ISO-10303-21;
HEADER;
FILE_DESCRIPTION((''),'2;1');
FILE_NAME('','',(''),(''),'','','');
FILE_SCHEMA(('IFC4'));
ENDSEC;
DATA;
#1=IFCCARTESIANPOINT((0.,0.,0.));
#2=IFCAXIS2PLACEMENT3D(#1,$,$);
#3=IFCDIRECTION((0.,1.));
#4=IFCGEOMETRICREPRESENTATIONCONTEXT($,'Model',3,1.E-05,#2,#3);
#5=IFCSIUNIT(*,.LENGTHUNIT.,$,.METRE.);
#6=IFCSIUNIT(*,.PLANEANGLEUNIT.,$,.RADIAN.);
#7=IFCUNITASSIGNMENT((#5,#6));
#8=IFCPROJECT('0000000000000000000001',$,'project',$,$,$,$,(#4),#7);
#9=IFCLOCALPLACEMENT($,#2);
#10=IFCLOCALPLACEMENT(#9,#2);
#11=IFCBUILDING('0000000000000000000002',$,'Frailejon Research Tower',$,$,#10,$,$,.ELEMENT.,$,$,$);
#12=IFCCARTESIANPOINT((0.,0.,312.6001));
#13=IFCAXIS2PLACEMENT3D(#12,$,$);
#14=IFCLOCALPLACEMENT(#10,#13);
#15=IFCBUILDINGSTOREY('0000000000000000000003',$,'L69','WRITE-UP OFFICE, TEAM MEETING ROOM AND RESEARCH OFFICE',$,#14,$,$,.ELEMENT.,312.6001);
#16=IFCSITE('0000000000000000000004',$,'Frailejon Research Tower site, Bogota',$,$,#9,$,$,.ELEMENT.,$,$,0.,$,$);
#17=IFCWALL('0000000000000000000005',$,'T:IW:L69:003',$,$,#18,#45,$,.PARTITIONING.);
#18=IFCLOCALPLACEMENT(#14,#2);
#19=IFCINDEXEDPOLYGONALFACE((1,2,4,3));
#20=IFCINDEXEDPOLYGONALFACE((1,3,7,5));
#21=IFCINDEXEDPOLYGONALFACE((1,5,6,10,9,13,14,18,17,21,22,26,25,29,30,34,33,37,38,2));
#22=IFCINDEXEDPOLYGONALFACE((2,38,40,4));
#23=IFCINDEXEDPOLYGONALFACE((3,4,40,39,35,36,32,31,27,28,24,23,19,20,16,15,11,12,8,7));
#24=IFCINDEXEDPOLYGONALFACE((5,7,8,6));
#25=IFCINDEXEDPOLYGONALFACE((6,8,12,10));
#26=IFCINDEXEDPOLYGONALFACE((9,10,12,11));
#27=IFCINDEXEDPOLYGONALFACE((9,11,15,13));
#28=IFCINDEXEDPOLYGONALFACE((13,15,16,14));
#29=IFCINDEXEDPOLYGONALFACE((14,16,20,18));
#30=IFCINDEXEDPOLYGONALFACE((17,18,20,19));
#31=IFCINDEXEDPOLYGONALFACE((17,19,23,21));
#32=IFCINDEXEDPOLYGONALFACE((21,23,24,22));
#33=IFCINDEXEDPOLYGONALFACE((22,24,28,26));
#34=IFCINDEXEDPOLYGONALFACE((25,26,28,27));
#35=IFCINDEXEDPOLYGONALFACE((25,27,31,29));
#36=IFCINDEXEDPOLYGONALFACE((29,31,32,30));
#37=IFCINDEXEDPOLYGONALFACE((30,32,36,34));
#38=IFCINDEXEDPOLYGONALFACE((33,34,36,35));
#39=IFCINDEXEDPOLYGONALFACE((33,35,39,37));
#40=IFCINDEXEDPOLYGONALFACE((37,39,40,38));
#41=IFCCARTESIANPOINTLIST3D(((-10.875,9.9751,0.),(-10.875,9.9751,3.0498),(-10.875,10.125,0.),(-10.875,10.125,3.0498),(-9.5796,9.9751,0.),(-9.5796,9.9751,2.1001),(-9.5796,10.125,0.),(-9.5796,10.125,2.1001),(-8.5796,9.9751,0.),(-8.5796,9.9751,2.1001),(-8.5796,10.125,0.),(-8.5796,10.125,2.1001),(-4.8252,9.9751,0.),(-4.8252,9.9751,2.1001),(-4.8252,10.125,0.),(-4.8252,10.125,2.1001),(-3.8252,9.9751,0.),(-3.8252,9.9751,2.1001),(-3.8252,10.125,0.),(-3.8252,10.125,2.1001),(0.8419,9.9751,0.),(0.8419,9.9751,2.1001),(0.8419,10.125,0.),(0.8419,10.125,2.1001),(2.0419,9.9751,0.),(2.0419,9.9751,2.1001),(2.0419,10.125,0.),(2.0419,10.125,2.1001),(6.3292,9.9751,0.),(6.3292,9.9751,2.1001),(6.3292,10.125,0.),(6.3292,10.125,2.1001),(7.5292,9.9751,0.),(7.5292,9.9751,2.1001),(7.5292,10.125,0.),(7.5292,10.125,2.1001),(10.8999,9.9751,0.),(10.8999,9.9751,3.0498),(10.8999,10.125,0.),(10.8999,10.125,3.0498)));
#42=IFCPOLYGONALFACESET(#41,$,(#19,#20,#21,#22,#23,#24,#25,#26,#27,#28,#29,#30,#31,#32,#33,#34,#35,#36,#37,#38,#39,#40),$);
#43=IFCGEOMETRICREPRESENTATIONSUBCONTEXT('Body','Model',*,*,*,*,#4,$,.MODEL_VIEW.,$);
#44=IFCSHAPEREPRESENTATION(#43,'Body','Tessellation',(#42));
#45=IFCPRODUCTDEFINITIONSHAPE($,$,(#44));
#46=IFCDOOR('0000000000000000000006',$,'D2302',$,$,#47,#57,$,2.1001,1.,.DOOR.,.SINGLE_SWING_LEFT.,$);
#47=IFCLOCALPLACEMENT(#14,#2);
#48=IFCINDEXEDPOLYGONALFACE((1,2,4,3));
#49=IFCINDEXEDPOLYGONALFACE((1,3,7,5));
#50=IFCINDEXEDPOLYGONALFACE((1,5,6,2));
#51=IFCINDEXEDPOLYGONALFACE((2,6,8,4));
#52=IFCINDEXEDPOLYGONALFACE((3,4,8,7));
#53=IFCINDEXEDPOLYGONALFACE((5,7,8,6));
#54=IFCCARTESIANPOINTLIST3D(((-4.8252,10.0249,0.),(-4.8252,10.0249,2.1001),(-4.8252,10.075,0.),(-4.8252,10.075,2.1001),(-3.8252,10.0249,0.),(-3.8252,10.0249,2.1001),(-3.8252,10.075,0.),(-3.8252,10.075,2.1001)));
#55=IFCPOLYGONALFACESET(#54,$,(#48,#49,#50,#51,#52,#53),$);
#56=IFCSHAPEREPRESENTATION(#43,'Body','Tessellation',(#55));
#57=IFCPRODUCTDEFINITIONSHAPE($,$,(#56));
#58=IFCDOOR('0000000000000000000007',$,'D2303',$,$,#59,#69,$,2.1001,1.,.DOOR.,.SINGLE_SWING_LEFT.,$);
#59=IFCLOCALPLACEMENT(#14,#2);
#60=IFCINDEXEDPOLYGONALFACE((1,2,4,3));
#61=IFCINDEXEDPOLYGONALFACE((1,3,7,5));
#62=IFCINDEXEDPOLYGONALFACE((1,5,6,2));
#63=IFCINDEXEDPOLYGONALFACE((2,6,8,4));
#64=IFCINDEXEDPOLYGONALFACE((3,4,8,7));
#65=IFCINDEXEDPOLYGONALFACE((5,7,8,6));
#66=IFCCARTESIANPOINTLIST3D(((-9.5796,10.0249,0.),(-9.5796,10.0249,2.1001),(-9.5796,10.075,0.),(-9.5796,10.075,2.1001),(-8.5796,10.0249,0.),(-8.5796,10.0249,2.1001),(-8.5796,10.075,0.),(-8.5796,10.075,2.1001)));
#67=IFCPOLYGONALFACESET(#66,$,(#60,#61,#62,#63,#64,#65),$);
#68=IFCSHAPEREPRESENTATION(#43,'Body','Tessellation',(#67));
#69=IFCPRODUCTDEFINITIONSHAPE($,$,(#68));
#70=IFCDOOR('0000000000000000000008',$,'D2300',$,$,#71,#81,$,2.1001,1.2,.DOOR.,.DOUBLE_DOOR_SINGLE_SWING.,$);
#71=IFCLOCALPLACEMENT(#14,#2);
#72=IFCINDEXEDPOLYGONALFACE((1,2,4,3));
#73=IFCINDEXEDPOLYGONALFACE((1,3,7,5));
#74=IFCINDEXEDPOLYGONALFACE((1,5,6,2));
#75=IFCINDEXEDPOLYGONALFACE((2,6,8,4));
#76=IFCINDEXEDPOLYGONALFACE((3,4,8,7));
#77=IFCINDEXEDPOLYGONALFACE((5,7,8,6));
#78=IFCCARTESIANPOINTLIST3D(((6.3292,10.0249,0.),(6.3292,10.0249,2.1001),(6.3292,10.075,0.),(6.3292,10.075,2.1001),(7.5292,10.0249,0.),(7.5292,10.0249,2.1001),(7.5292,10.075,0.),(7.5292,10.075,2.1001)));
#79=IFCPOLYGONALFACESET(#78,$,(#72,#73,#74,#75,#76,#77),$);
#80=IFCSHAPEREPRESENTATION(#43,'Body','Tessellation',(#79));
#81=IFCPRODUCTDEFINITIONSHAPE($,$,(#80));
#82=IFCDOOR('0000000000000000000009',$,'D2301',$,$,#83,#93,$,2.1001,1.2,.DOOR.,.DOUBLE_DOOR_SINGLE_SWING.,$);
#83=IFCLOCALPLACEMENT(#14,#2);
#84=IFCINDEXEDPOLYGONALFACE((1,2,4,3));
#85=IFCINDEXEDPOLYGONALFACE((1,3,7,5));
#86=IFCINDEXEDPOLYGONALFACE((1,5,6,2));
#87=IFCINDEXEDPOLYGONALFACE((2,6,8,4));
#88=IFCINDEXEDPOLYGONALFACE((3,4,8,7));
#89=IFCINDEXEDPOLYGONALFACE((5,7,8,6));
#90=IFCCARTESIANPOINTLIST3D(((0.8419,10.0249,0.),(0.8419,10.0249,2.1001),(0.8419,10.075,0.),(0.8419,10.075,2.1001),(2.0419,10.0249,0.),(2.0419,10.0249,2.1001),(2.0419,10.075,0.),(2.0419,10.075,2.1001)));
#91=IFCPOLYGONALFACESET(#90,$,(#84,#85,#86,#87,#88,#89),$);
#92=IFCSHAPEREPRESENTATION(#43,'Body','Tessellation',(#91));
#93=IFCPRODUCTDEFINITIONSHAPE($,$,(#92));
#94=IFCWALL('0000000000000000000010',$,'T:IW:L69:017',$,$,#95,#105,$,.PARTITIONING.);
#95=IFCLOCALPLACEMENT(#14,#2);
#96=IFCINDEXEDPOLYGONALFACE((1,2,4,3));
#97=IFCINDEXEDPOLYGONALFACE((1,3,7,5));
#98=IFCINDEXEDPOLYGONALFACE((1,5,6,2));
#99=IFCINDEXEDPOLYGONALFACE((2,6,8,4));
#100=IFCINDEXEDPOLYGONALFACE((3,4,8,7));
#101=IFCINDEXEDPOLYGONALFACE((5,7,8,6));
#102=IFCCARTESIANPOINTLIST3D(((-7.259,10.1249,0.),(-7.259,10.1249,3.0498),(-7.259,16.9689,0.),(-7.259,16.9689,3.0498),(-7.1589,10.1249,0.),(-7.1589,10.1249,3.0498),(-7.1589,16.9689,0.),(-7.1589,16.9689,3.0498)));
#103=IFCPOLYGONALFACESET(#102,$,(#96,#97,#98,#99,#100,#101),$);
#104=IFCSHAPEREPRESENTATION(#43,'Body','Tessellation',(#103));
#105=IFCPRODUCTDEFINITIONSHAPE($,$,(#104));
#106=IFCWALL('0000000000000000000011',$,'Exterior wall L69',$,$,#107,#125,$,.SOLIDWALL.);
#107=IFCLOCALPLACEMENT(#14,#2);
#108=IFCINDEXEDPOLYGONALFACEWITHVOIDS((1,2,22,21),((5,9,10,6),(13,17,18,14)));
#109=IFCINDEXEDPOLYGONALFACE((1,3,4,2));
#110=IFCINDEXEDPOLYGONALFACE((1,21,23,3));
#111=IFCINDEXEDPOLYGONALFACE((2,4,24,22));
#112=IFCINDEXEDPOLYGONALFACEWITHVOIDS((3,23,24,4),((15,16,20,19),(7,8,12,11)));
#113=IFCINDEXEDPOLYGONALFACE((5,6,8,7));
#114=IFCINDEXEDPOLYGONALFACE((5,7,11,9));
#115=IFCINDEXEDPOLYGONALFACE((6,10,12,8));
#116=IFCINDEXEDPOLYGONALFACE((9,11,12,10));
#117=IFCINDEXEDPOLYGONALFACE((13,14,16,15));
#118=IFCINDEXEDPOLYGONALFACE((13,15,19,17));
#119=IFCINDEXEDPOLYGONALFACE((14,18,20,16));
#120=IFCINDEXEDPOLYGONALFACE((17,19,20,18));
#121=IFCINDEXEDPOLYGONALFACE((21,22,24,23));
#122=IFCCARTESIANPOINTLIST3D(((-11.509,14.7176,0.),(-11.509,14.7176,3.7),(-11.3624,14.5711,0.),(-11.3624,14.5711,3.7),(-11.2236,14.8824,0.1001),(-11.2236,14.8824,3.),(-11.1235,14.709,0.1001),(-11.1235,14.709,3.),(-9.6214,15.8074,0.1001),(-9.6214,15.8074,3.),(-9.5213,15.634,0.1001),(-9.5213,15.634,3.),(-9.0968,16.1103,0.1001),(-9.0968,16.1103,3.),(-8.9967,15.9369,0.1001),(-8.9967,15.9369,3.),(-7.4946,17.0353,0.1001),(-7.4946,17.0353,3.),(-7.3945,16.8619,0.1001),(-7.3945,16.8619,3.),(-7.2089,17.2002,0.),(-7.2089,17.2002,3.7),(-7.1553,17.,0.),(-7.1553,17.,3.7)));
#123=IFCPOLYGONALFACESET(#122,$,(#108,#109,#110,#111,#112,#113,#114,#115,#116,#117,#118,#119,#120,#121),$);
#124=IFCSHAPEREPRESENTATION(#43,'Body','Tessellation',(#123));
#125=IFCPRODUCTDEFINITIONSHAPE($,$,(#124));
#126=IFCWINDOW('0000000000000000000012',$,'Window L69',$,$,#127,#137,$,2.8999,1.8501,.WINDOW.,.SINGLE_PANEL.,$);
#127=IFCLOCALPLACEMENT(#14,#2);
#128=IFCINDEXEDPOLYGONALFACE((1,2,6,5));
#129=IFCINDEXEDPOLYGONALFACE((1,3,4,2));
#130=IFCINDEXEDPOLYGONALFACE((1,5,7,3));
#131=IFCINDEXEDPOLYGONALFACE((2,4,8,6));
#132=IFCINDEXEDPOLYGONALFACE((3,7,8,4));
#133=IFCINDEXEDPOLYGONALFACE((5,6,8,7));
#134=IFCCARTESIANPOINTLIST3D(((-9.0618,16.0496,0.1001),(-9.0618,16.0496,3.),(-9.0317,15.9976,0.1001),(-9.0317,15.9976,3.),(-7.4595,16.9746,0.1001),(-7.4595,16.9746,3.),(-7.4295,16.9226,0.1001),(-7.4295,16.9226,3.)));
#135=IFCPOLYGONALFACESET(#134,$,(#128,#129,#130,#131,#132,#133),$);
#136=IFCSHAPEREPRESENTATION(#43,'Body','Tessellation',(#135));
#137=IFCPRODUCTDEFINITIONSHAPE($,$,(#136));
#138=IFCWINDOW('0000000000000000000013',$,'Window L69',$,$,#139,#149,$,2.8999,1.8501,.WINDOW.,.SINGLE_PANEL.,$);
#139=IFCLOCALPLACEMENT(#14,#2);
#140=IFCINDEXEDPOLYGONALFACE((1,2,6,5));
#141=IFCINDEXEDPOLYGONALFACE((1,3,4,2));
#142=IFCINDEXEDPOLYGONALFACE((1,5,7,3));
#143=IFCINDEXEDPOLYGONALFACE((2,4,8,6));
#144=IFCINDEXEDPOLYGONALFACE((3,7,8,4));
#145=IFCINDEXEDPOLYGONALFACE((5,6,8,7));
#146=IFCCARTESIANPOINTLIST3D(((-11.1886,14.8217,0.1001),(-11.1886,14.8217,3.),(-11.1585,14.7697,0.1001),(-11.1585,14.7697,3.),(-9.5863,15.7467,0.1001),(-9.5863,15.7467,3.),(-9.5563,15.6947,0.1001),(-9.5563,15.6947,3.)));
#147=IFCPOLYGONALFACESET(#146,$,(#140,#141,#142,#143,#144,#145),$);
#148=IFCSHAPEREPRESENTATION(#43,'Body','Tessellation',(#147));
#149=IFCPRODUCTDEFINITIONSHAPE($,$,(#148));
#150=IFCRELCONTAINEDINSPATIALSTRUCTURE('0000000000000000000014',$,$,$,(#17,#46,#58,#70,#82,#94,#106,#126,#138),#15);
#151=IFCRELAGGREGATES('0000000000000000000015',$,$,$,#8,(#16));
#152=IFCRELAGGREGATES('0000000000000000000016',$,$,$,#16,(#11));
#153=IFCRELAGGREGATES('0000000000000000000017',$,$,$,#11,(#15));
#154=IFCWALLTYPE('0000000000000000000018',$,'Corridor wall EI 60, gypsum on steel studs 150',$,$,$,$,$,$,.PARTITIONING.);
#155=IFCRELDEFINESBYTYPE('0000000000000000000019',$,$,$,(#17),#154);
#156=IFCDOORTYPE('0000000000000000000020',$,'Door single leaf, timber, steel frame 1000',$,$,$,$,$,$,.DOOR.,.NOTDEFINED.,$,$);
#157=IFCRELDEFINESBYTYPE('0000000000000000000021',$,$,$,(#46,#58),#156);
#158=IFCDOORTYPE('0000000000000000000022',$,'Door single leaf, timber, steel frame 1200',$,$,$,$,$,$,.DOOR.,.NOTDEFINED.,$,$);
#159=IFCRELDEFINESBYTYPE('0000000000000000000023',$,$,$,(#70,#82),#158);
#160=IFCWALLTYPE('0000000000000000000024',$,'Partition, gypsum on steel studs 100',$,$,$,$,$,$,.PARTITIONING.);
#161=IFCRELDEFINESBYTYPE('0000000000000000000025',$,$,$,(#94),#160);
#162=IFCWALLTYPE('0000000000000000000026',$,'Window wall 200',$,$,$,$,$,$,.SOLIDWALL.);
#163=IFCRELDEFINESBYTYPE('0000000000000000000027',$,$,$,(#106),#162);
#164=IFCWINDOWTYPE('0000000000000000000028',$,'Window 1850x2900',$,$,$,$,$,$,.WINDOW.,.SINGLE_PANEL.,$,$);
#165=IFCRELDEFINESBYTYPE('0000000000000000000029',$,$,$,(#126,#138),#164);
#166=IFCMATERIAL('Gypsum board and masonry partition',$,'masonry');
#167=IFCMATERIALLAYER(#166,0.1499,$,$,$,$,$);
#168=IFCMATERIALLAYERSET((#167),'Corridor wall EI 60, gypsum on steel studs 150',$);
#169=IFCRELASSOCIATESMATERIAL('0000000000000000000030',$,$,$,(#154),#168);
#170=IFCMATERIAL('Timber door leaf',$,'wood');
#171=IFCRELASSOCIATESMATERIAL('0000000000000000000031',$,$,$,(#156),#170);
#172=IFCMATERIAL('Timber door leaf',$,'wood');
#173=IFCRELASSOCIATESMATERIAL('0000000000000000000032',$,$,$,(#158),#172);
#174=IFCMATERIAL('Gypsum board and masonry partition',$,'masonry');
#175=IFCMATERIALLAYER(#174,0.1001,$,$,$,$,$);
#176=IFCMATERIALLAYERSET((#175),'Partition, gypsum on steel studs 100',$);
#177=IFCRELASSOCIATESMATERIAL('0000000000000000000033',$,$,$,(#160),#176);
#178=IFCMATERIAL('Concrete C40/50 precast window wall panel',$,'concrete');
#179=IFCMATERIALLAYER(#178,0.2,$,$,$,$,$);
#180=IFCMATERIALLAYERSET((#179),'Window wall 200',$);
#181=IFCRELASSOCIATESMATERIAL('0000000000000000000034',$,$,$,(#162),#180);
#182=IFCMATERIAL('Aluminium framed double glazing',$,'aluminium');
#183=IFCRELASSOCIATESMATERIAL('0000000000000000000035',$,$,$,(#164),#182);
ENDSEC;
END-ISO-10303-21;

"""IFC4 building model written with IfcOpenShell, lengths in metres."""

from ifc_helpers import new_model, si_unit, direction, frame, frame_2d, origin, place, context, subcontext, project, spatial, polyline, rectangle, outline, extrude, material, layer, layer_set, type_object, element, fill, save


model = new_model("IFC4")

# Units and contexts
model_context = context("Model", 3, precision=1e-05, world=origin(), true_north=direction((0.0, 1.0)))
body_context = subcontext(model_context, "Body", "Model", "MODEL_VIEW")
ifc_project = project(units=[si_unit("LENGTHUNIT", "METRE"), si_unit("PLANEANGLEUNIT", "RADIAN")], contexts=[model_context])

# Site, building, storey
site_placement = place(None, origin())
site = spatial("IfcSite", under=ifc_project, at=site_placement, Name="Frailejon Research Tower site, Bogota", CompositionType="ELEMENT", RefElevation=0.0)
building_placement = place(site_placement, origin())
building = spatial("IfcBuilding", under=site, at=building_placement, Name="Frailejon Research Tower", CompositionType="ELEMENT")
storey_placement = place(building_placement, frame((0.0, 0.0, 312.6001)))
storey = spatial("IfcBuildingStorey", under=building, at=storey_placement, Name="L69", Description="WRITE-UP OFFICE, TEAM MEETING ROOM AND RESEARCH OFFICE", CompositionType="ELEMENT", Elevation=312.6001)

# Wall, openings, doors
ifc_material_1 = material(Name="Gypsum board and masonry partition", Category="masonry")
ifc_layer_1 = layer(ifc_material_1, 0.1499)
ifc_layer_set_1 = layer_set([ifc_layer_1], Name="Corridor wall EI 60, gypsum on steel studs 150")
wall_type_1 = type_object("IfcWallType", Name="Corridor wall EI 60, gypsum on steel studs 150", PredefinedType="PARTITIONING", material=ifc_layer_set_1)
wall_1_placement = place(storey_placement, frame((-10.875, 10.05, 0.0), z_axis=(0.0, 0.0, 1.0), x_axis=(1.0, 0.0, 0.0)))
wall_1 = element("IfcWall", 1, at=wall_1_placement, inside=storey, type_object=wall_type_1, Name="T:IW:L69:003", PredefinedType="PARTITIONING", context=body_context, shape_type="SweptSolid", body=[
    extrude(rectangle(XDim=21.7749, YDim=0.1499, at=frame_2d((10.8875, 0.0))), origin(), (0.0, 0.0, 1.0), 3.0498),
])
opening_1_placement = place(wall_1_placement, frame((17.2041, 0.0, 0.0)))
opening_1 = element("IfcOpeningElement", 2, at=opening_1_placement, cuts=wall_1, PredefinedType="OPENING", context=body_context, shape_type="SweptSolid", body=[
    extrude(rectangle(XDim=1.2, YDim=2.1001, at=frame_2d((0.6001, 1.05))), frame((0.0, 0.085, 0.0), z_axis=(0.0, -1.0, 0.0), x_axis=(1.0, 0.0, 0.0)), (0.0, 0.0, 1.0), 0.1699),
])
opening_2_placement = place(wall_1_placement, frame((11.7168, 0.0, 0.0)))
opening_2 = element("IfcOpeningElement", 3, at=opening_2_placement, cuts=wall_1, PredefinedType="OPENING", context=body_context, shape_type="SweptSolid", body=[
    extrude(rectangle(XDim=1.2, YDim=2.1001, at=frame_2d((0.6001, 1.05))), frame((0.0, 0.085, 0.0), z_axis=(0.0, -1.0, 0.0), x_axis=(1.0, 0.0, 0.0)), (0.0, 0.0, 1.0), 0.1699),
])
opening_3_placement = place(wall_1_placement, frame((6.0498, 0.0, 0.0)))
opening_3 = element("IfcOpeningElement", 4, at=opening_3_placement, cuts=wall_1, PredefinedType="OPENING", context=body_context, shape_type="SweptSolid", body=[
    extrude(rectangle(XDim=1.0, YDim=2.1001, at=frame_2d((0.5, 1.05))), frame((0.0, 0.085, 0.0), z_axis=(0.0, -1.0, 0.0), x_axis=(1.0, 0.0, 0.0)), (0.0, 0.0, 1.0), 0.1699),
])
opening_4_placement = place(wall_1_placement, frame((1.2954, 0.0, 0.0)))
opening_4 = element("IfcOpeningElement", 5, at=opening_4_placement, cuts=wall_1, PredefinedType="OPENING", context=body_context, shape_type="SweptSolid", body=[
    extrude(rectangle(XDim=1.0, YDim=2.1001, at=frame_2d((0.5, 1.05))), frame((0.0, 0.085, 0.0), z_axis=(0.0, -1.0, 0.0), x_axis=(1.0, 0.0, 0.0)), (0.0, 0.0, 1.0), 0.1699),
])
ifc_material_2 = material(Name="Timber door leaf", Category="wood")
door_type_1 = type_object("IfcDoorType", Name="Door single leaf, timber, steel frame 1000", OperationType="NOTDEFINED", PredefinedType="DOOR", material=ifc_material_2)
door_1_placement = place(opening_3_placement, origin())
door_1 = element("IfcDoor", 6, at=door_1_placement, inside=storey, type_object=door_type_1, Name="D2302", OperationType="SINGLE_SWING_LEFT", OverallHeight=2.1001, OverallWidth=1.0, PredefinedType="DOOR", context=body_context, shape_type="SweptSolid", body=[
    extrude(rectangle(XDim=1.0, YDim=2.1001, at=frame_2d((0.5, 1.05))), frame((0.0, 0.0249, 0.0), z_axis=(0.0, -1.0, 0.0), x_axis=(1.0, 0.0, 0.0)), (0.0, 0.0, 1.0), 0.05),
])
fill(opening_3, door_1)
door_2_placement = place(opening_4_placement, origin())
door_2 = element("IfcDoor", 7, at=door_2_placement, inside=storey, type_object=door_type_1, Name="D2303", OperationType="SINGLE_SWING_LEFT", OverallHeight=2.1001, OverallWidth=1.0, PredefinedType="DOOR", context=body_context, shape_type="SweptSolid", body=[
    extrude(rectangle(XDim=1.0, YDim=2.1001, at=frame_2d((0.5, 1.05))), frame((0.0, 0.0249, 0.0), z_axis=(0.0, -1.0, 0.0), x_axis=(1.0, 0.0, 0.0)), (0.0, 0.0, 1.0), 0.05),
])
fill(opening_4, door_2)
ifc_material_3 = material(Name="Timber door leaf", Category="wood")
door_type_2 = type_object("IfcDoorType", Name="Door single leaf, timber, steel frame 1200", OperationType="NOTDEFINED", PredefinedType="DOOR", material=ifc_material_3)
door_3_placement = place(opening_1_placement, origin())
door_3 = element("IfcDoor", 8, at=door_3_placement, inside=storey, type_object=door_type_2, Name="D2300", OperationType="DOUBLE_DOOR_SINGLE_SWING", OverallHeight=2.1001, OverallWidth=1.2, PredefinedType="DOOR", context=body_context, shape_type="SweptSolid", body=[
    extrude(rectangle(XDim=1.2, YDim=2.1001, at=frame_2d((0.6001, 1.05))), frame((0.0, 0.0249, 0.0), z_axis=(0.0, -1.0, 0.0), x_axis=(1.0, 0.0, 0.0)), (0.0, 0.0, 1.0), 0.05),
])
fill(opening_1, door_3)
door_4_placement = place(opening_2_placement, origin())
door_4 = element("IfcDoor", 9, at=door_4_placement, inside=storey, type_object=door_type_2, Name="D2301", OperationType="DOUBLE_DOOR_SINGLE_SWING", OverallHeight=2.1001, OverallWidth=1.2, PredefinedType="DOOR", context=body_context, shape_type="SweptSolid", body=[
    extrude(rectangle(XDim=1.2, YDim=2.1001, at=frame_2d((0.6001, 1.05))), frame((0.0, 0.0249, 0.0), z_axis=(0.0, -1.0, 0.0), x_axis=(1.0, 0.0, 0.0)), (0.0, 0.0, 1.0), 0.05),
])
fill(opening_2, door_4)

# Wall
ifc_material_4 = material(Name="Gypsum board and masonry partition", Category="masonry")
ifc_layer_2 = layer(ifc_material_4, 0.1001)
ifc_layer_set_2 = layer_set([ifc_layer_2], Name="Partition, gypsum on steel studs 100")
wall_type_2 = type_object("IfcWallType", Name="Partition, gypsum on steel studs 100", PredefinedType="PARTITIONING", material=ifc_layer_set_2)
wall_2_placement = place(storey_placement, frame((-7.209, 10.125, 0.0), z_axis=(0.0, 0.0, 1.0), x_axis=(0.0, 1.0, 0.0)))
element("IfcWall", 10, at=wall_2_placement, inside=storey, type_object=wall_type_2, Name="T:IW:L69:017", PredefinedType="PARTITIONING", context=body_context, shape_type="SweptSolid", body=[
    extrude(rectangle(XDim=6.844, YDim=0.1001, at=frame_2d((3.4219, 0.0))), origin(), (0.0, 0.0, 1.0), 3.0498),
])

# Wall, openings, windows
ifc_material_5 = material(Name="Concrete C40/50 precast window wall panel", Category="concrete")
ifc_layer_3 = layer(ifc_material_5, 0.2)
ifc_layer_set_3 = layer_set([ifc_layer_3], Name="Window wall 200")
wall_type_3 = type_object("IfcWallType", Name="Window wall 200", PredefinedType="SOLIDWALL", material=ifc_layer_set_3)
wall_3_placement = place(storey_placement, frame((-7.1821, 17.1001, 0.0), z_axis=(0.0, 0.0, 1.0), x_axis=(-0.866029, -0.499994, 0.0)))
wall_3 = element("IfcWall", 11, at=wall_3_placement, inside=storey, type_object=wall_type_3, Name="Exterior wall L69", PredefinedType="SOLIDWALL", context=body_context, shape_type="SweptSolid", body=[
    extrude(outline(polyline([(-0.0269, -0.1001), (1.2144, -0.1001), (2.4558, -0.1001), (3.6973, -0.1001), (4.9385, -0.1001), (4.8848, 0.1001), (3.6704, 0.1001), (2.4558, 0.1001), (1.2412, 0.1001), (0.0269, 0.1001), (-0.0269, -0.1001)])), origin(), (0.0, 0.0, 1.0), 3.7),
])
opening_5_placement = place(wall_3_placement, frame((0.303, 0.0, 0.1001)))
opening_5 = element("IfcOpeningElement", 12, at=opening_5_placement, cuts=wall_3, PredefinedType="OPENING", context=body_context, shape_type="SweptSolid", body=[
    extrude(rectangle(XDim=1.8501, YDim=2.8999, at=frame_2d((0.925, 1.45))), frame((0.0, 0.1099, 0.0), z_axis=(0.0, -1.0, 0.0), x_axis=(1.0, 0.0, 0.0)), (0.0, 0.0, 1.0), 0.22),
])
opening_6_placement = place(wall_3_placement, frame((2.7588, 0.0, 0.1001)))
opening_6 = element("IfcOpeningElement", 13, at=opening_6_placement, cuts=wall_3, PredefinedType="OPENING", context=body_context, shape_type="SweptSolid", body=[
    extrude(rectangle(XDim=1.8501, YDim=2.8999, at=frame_2d((0.925, 1.45))), frame((0.0, 0.1099, 0.0), z_axis=(0.0, -1.0, 0.0), x_axis=(1.0, 0.0, 0.0)), (0.0, 0.0, 1.0), 0.22),
])
ifc_material_6 = material(Name="Aluminium framed double glazing", Category="aluminium")
window_type = type_object("IfcWindowType", Name="Window 1850x2900", PartitioningType="SINGLE_PANEL", PredefinedType="WINDOW", material=ifc_material_6)
window_1_placement = place(opening_5_placement, origin())
window_1 = element("IfcWindow", 14, at=window_1_placement, inside=storey, type_object=window_type, Name="Window L69", OverallHeight=2.8999, OverallWidth=1.8501, PartitioningType="SINGLE_PANEL", PredefinedType="WINDOW", context=body_context, shape_type="SweptSolid", body=[
    extrude(rectangle(XDim=1.8501, YDim=2.8999, at=frame_2d((0.925, 1.45))), frame((0.0, 0.03, 0.0), z_axis=(0.0, -1.0, 0.0), x_axis=(1.0, 0.0, 0.0)), (0.0, 0.0, 1.0), 0.0601),
])
fill(opening_5, window_1)
window_2_placement = place(opening_6_placement, origin())
window_2 = element("IfcWindow", 15, at=window_2_placement, inside=storey, type_object=window_type, Name="Window L69", OverallHeight=2.8999, OverallWidth=1.8501, PartitioningType="SINGLE_PANEL", PredefinedType="WINDOW", context=body_context, shape_type="SweptSolid", body=[
    extrude(rectangle(XDim=1.8501, YDim=2.8999, at=frame_2d((0.925, 1.45))), frame((0.0, 0.03, 0.0), z_axis=(0.0, -1.0, 0.0), x_axis=(1.0, 0.0, 0.0)), (0.0, 0.0, 1.0), 0.0601),
])
fill(opening_6, window_2)

save(model, "model.ifc")
